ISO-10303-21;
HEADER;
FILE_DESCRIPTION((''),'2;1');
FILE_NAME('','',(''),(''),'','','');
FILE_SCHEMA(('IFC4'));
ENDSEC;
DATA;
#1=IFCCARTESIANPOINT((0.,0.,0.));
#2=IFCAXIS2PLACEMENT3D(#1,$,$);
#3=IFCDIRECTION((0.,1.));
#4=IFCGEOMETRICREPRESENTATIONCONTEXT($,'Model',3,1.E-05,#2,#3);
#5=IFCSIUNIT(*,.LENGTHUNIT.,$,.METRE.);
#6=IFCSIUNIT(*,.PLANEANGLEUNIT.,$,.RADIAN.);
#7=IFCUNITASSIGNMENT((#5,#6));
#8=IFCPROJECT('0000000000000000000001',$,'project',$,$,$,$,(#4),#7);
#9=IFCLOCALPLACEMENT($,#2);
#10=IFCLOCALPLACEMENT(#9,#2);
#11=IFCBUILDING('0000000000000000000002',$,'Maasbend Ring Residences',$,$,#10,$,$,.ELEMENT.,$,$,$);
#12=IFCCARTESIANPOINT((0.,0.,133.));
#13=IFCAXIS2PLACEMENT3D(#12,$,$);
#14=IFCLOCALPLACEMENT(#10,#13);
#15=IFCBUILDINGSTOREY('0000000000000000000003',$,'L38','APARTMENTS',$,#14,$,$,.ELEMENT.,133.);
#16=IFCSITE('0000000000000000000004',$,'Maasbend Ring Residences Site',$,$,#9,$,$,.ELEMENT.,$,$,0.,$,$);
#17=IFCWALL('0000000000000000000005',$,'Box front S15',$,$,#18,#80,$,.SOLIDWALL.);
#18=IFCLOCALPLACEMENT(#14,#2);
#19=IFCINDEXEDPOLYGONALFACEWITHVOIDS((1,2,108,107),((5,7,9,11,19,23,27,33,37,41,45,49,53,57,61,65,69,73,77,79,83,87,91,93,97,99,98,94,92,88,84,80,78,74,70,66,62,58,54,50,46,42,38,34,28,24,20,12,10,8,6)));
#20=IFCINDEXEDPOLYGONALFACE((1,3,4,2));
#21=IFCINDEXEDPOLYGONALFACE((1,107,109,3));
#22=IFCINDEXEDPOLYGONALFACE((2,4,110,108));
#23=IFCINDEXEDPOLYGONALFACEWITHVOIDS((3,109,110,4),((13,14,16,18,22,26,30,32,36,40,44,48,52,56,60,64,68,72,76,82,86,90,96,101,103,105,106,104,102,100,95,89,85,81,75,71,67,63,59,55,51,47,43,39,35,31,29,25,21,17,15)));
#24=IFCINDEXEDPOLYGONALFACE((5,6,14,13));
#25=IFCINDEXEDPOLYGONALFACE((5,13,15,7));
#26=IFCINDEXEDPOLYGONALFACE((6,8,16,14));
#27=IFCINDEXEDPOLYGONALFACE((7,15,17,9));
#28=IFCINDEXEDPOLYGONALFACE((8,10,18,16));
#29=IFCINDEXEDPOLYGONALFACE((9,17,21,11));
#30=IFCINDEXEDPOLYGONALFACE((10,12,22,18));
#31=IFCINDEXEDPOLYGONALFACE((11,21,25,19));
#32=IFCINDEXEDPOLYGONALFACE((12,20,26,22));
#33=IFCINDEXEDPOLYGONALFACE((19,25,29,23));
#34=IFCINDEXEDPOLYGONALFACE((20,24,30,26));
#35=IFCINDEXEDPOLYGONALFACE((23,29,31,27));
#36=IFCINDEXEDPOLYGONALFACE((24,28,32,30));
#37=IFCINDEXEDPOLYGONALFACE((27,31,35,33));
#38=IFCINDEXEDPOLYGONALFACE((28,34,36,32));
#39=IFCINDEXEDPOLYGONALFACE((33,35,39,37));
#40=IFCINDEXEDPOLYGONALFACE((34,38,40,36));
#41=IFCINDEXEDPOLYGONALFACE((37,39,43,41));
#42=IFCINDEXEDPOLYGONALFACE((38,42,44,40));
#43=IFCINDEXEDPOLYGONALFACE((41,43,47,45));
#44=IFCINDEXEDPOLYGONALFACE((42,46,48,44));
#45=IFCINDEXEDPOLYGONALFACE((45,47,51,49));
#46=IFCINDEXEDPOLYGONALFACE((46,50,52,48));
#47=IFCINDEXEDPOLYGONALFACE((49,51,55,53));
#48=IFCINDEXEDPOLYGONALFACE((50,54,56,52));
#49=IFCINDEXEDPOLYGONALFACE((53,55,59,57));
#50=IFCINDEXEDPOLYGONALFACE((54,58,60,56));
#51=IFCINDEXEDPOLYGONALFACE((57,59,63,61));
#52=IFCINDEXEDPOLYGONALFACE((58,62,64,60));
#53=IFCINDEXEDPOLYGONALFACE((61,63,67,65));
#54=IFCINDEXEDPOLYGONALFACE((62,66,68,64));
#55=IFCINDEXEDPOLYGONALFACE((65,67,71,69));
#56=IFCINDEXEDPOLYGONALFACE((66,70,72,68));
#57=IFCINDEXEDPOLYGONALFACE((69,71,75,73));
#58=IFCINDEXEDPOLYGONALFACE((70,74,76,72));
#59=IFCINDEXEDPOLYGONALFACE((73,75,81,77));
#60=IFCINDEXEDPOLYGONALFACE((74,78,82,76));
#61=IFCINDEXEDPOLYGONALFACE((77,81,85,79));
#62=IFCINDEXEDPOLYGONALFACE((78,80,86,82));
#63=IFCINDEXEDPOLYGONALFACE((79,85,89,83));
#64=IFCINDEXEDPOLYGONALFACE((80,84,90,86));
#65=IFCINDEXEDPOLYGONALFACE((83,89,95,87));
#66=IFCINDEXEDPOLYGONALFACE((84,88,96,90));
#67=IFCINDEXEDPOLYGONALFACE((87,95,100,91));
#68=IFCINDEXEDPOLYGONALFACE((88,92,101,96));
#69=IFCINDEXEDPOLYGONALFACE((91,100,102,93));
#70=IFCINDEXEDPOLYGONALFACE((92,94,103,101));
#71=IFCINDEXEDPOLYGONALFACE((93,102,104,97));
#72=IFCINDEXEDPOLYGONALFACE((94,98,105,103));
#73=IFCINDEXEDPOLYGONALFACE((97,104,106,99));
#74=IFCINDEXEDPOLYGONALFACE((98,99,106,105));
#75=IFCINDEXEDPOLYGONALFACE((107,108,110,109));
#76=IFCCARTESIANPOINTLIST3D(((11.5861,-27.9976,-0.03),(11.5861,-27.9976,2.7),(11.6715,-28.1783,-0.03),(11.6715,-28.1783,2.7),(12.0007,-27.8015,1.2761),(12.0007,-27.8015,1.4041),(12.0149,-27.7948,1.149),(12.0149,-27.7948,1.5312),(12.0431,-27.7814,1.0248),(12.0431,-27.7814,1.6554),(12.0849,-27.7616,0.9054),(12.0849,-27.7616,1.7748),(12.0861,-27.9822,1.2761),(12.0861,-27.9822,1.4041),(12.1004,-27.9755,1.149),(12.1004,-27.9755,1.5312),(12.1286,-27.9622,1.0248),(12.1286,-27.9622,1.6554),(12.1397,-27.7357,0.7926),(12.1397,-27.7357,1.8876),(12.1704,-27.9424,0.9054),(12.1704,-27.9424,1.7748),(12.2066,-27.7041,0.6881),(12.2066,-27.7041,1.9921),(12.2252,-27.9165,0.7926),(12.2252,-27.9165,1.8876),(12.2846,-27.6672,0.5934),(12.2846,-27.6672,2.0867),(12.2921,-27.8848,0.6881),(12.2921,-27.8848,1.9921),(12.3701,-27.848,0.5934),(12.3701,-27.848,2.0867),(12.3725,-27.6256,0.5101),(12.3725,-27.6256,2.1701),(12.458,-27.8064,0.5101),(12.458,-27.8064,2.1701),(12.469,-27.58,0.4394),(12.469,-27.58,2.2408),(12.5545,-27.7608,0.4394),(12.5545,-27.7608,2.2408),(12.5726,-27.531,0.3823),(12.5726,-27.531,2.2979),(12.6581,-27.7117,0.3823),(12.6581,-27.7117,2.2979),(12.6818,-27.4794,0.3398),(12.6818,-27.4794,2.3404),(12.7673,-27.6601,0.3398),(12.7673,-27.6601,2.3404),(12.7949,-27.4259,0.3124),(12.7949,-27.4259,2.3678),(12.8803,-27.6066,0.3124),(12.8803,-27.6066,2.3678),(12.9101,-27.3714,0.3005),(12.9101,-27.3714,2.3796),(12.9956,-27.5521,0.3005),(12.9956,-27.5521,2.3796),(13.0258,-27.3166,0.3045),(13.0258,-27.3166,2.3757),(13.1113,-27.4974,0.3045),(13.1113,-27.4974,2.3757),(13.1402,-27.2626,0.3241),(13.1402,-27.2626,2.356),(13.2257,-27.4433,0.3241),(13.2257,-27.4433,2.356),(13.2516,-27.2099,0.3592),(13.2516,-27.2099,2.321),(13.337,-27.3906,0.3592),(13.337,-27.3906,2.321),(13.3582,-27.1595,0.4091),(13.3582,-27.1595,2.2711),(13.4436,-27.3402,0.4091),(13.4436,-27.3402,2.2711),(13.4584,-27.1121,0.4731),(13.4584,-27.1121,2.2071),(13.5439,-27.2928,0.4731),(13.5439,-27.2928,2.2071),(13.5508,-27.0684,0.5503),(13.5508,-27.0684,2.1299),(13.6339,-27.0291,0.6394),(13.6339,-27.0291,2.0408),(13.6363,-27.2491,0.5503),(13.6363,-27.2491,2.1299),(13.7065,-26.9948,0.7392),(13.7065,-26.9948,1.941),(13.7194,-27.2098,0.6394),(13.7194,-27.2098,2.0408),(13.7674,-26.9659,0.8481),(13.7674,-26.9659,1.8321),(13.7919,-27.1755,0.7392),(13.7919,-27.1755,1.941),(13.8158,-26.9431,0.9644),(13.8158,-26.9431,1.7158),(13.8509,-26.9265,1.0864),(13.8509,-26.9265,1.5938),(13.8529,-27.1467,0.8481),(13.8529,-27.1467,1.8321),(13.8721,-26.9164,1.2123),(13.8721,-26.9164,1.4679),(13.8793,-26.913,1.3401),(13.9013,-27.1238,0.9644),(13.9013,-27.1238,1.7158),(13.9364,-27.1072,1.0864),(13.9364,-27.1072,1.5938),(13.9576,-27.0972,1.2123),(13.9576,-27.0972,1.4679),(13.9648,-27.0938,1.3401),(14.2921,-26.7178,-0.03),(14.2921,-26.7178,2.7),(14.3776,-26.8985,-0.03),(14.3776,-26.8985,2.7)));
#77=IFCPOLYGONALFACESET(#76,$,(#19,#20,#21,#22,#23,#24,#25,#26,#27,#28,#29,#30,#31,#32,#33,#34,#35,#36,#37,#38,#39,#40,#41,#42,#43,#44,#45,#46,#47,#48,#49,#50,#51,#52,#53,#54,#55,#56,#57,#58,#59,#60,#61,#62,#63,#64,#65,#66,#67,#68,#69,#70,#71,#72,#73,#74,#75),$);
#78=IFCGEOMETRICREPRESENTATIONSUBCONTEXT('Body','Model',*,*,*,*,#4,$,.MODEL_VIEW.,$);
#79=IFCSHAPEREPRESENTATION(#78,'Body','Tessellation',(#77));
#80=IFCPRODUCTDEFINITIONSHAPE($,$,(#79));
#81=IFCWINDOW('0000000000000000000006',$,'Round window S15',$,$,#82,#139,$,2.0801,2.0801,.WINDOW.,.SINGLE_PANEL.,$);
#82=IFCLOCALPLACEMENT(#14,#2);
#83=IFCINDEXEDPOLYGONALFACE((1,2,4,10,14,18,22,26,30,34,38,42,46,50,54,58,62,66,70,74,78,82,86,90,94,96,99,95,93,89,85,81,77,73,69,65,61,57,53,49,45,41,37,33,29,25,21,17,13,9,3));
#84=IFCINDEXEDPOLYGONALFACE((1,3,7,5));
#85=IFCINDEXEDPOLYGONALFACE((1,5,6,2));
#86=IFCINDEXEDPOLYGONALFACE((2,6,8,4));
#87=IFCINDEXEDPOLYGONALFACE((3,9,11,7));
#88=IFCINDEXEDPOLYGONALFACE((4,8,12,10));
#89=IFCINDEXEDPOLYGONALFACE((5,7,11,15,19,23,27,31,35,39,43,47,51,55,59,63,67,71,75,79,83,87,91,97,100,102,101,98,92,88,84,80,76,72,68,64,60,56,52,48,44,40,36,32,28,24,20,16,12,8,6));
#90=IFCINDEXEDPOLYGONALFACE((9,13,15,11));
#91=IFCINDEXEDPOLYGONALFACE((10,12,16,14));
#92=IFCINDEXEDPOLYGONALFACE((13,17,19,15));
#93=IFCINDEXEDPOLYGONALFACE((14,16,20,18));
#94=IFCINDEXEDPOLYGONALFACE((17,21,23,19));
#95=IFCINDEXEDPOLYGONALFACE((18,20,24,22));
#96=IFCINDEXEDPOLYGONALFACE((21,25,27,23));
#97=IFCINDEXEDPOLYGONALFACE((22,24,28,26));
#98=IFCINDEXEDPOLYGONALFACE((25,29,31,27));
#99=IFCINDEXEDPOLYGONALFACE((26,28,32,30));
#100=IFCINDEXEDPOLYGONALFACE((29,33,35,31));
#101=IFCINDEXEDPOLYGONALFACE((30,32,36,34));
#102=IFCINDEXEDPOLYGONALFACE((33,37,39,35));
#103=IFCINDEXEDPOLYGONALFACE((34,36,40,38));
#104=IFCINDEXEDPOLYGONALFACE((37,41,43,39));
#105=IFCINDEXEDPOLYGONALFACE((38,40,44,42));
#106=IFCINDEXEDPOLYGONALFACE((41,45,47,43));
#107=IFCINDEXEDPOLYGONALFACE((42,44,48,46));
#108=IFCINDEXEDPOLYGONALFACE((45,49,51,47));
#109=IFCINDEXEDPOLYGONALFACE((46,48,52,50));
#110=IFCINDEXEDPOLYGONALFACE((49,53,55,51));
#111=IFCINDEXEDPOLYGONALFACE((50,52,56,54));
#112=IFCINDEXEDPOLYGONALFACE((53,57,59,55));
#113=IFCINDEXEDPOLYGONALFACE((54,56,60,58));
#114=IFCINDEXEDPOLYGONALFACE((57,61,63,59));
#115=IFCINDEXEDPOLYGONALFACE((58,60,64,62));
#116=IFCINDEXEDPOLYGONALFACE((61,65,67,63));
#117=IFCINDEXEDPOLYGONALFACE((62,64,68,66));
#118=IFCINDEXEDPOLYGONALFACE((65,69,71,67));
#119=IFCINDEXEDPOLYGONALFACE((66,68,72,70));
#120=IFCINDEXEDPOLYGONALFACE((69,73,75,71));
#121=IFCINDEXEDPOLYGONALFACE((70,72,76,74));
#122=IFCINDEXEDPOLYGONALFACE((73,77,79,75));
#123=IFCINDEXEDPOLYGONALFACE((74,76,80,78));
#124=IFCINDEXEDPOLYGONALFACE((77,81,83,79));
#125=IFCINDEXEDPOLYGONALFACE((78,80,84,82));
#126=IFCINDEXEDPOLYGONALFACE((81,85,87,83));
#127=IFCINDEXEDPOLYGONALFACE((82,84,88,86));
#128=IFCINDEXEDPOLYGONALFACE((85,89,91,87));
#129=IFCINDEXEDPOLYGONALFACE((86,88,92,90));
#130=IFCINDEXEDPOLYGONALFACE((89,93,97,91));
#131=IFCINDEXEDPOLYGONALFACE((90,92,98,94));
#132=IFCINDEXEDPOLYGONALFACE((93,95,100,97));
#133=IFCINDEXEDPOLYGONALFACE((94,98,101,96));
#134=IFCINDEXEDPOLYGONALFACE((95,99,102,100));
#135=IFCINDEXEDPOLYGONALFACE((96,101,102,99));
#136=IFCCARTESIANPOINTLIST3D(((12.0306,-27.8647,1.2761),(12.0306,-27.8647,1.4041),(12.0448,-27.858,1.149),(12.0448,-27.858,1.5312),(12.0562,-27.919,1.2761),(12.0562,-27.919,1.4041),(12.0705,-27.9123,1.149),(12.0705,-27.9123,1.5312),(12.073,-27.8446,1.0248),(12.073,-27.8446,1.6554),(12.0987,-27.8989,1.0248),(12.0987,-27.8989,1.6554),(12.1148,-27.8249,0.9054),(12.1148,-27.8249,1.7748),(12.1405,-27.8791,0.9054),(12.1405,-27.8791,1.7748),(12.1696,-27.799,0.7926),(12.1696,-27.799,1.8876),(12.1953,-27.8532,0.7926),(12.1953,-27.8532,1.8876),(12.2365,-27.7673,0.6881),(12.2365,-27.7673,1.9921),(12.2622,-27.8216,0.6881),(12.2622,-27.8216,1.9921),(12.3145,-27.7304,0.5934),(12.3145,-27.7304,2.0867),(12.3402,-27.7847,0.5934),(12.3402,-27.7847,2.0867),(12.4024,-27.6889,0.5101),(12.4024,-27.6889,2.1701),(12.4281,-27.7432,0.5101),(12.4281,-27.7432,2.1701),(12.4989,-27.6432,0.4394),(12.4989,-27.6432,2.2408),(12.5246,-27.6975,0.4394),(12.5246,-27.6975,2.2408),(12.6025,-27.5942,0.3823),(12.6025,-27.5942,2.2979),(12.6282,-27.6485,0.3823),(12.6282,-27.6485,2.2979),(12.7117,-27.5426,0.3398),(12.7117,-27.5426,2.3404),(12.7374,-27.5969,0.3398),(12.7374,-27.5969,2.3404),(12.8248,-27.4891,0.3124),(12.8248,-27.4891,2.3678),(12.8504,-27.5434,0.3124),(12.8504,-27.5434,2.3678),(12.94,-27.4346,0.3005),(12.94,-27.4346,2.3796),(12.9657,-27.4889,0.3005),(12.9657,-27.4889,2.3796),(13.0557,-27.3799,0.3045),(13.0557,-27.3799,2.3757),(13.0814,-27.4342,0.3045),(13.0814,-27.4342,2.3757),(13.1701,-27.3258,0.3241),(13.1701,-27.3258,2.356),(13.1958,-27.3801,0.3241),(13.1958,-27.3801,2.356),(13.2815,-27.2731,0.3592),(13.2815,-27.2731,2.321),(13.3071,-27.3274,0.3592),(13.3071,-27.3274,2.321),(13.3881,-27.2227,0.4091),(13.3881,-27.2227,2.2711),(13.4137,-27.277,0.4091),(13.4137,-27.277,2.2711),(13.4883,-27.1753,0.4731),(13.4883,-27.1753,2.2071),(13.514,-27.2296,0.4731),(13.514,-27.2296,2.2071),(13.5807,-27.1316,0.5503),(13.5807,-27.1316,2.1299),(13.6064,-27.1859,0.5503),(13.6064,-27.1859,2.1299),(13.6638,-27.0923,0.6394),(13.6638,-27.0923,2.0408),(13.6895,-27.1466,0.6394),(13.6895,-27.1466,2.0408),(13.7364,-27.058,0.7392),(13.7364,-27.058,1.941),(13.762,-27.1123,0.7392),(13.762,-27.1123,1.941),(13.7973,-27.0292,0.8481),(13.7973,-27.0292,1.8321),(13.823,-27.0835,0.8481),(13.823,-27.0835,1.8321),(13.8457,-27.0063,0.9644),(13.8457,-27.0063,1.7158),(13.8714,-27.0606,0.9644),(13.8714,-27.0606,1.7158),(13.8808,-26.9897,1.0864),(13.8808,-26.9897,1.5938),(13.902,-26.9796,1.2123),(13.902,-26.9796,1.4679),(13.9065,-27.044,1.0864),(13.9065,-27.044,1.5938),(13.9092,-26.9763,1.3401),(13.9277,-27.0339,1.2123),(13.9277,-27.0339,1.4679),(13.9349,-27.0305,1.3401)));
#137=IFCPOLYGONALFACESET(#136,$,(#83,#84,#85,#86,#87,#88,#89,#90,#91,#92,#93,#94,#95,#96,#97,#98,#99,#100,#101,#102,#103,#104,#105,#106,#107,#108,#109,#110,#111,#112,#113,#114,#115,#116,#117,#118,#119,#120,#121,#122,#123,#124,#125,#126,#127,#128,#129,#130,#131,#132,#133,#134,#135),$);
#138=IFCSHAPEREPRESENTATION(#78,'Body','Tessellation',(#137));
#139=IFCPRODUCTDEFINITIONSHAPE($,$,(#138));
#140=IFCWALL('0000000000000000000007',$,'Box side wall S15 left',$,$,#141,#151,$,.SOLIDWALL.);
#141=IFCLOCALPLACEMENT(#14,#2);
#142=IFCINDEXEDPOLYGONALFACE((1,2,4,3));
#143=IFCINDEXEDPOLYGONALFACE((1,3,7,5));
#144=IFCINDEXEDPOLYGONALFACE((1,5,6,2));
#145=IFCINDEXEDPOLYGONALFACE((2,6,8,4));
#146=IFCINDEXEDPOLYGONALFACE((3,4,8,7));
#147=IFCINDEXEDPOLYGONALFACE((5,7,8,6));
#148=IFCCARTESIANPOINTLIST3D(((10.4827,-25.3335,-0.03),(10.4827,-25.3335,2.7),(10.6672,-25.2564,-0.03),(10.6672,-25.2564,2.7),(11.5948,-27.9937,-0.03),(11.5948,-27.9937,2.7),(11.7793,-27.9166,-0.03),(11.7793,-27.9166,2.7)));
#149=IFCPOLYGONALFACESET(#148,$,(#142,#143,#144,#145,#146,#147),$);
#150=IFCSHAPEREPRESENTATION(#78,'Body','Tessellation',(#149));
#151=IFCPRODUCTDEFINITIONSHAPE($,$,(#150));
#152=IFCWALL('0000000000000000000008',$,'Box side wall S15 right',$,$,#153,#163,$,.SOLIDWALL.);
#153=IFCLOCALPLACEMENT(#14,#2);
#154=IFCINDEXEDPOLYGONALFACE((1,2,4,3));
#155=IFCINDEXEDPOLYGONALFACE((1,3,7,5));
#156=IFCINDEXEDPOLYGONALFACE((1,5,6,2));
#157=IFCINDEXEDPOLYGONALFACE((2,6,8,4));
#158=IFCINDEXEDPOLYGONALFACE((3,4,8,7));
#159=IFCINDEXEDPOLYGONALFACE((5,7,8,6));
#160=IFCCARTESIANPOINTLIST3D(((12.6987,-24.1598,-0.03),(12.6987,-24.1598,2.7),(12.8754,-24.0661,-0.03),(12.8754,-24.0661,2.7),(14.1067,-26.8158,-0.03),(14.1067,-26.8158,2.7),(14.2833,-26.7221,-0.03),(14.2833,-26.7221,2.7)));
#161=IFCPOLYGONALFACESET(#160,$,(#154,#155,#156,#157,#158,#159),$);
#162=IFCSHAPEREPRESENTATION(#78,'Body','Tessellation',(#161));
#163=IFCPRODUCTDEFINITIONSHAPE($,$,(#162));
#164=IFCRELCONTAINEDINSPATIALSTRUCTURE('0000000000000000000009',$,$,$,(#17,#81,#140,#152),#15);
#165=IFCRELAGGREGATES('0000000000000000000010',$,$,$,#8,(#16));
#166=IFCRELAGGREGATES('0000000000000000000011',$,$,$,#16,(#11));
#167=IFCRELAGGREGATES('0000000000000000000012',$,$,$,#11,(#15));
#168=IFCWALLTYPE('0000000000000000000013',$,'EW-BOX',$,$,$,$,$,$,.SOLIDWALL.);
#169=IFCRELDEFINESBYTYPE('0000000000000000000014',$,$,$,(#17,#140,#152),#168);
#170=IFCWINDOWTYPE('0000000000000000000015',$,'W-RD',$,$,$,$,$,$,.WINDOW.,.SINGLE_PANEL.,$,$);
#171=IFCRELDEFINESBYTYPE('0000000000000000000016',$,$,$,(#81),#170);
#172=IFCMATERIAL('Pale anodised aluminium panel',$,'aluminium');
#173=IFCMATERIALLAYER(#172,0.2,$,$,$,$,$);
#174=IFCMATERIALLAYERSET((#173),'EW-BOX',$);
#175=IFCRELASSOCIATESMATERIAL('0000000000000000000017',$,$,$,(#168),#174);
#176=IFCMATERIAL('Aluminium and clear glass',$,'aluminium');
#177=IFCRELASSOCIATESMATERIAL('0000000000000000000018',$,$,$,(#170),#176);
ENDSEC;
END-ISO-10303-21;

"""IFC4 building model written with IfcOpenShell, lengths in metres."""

from ifc_helpers import new_model, si_unit, direction, frame, frame_2d, origin, place, context, subcontext, project, spatial, rectangle, circle, extrude, material, layer, layer_set, type_object, element, fill, save


model = new_model("IFC4")

# Units and contexts
model_context = context("Model", 3, precision=1e-05, world=origin(), true_north=direction((0.0, 1.0)))
body_context = subcontext(model_context, "Body", "Model", "MODEL_VIEW")
ifc_project = project(units=[si_unit("LENGTHUNIT", "METRE"), si_unit("PLANEANGLEUNIT", "RADIAN")], contexts=[model_context])

# Site, building, storey
site_placement = place(None, origin())
site = spatial("IfcSite", under=ifc_project, at=site_placement, Name="Maasbend Ring Residences Site", CompositionType="ELEMENT", RefElevation=0.0)
building_placement = place(site_placement, origin())
building = spatial("IfcBuilding", under=site, at=building_placement, Name="Maasbend Ring Residences", CompositionType="ELEMENT")
storey_placement = place(building_placement, frame((0.0, 0.0, 133.0)))
storey = spatial("IfcBuildingStorey", under=building, at=storey_placement, Name="L38", Description="APARTMENTS", CompositionType="ELEMENT", Elevation=133.0)

# Wall, opening, window
ifc_material_1 = material(Name="Pale anodised aluminium panel", Category="aluminium")
ifc_layer_1 = layer(ifc_material_1, 0.2)
ifc_layer_set_1 = layer_set([ifc_layer_1], Name="EW-BOX")
wall_type_1 = type_object("IfcWallType", Name="EW-BOX", PredefinedType="SOLIDWALL", material=ifc_layer_set_1)
wall_1_placement = place(storey_placement, frame((11.6289, -28.0879, -0.03), z_axis=(0.0, 0.0, 1.0), x_axis=(0.904, 0.427532, 0.0)))
wall_1 = element("IfcWall", 1, at=wall_1_placement, inside=storey, type_object=wall_type_1, Name="Box front S15", PredefinedType="SOLIDWALL", context=body_context, shape_type="SweptSolid", body=[
    extrude(rectangle(XDim=2.9934, YDim=0.2, at=frame_2d((1.4966, 0.0))), origin(), (0.0, 0.0, 1.0), 2.73),
])
opening_1_placement = place(wall_1_placement, frame((0.4565, 0.0, 0.3301)))
opening_1 = element("IfcOpeningElement", 2, at=opening_1_placement, cuts=wall_1, PredefinedType="OPENING", context=body_context, shape_type="SweptSolid", body=[
    extrude(circle(Radius=1.04, at=frame_2d((1.04, 1.04))), frame((0.0, 0.1099, 0.0), z_axis=(0.0, -1.0, 0.0), x_axis=(1.0, 0.0, 0.0)), (0.0, 0.0, 1.0), 0.22),
])
ifc_material_2 = material(Name="Aluminium and clear glass", Category="aluminium")
window_type_1 = type_object("IfcWindowType", Name="W-RD", PartitioningType="SINGLE_PANEL", PredefinedType="WINDOW", material=ifc_material_2)
window_1_placement = place(opening_1_placement, origin())
window_1 = element("IfcWindow", 3, at=window_1_placement, inside=storey, type_object=window_type_1, Name="Round window S15", OverallHeight=2.0801, OverallWidth=2.0801, PartitioningType="SINGLE_PANEL", PredefinedType="WINDOW", context=body_context, shape_type="SweptSolid", body=[
    extrude(circle(Radius=1.04, at=frame_2d((1.04, 1.04))), frame((0.0, 0.03, 0.0), z_axis=(0.0, -1.0, 0.0), x_axis=(1.0, 0.0, 0.0)), (0.0, 0.0, 1.0), 0.0601),
])
fill(opening_1, window_1)

# Walls
wall_2_placement = place(storey_placement, frame((10.575, -25.2949, -0.03), z_axis=(0.0, 0.0, 1.0), x_axis=(0.385697, -0.922625, 0.0)))
element("IfcWall", 4, at=wall_2_placement, inside=storey, type_object=wall_type_1, Name="Box side wall S15 left", PredefinedType="SOLIDWALL", context=body_context, shape_type="SweptSolid", body=[
    extrude(rectangle(XDim=2.8833, YDim=0.2, at=frame_2d((1.4417, 0.0))), origin(), (0.0, 0.0, 1.0), 2.73),
])
wall_3_placement = place(storey_placement, frame((12.7871, -24.113, -0.03), z_axis=(0.0, 0.0, 1.0), x_axis=(0.468365, -0.883535, 0.0)))
element("IfcWall", 5, at=wall_3_placement, inside=storey, type_object=wall_type_1, Name="Box side wall S15 right", PredefinedType="SOLIDWALL", context=body_context, shape_type="SweptSolid", body=[
    extrude(rectangle(XDim=3.0061, YDim=0.2, at=frame_2d((1.5029, 0.0))), origin(), (0.0, 0.0, 1.0), 2.73),
])

save(model, "model.ifc")
